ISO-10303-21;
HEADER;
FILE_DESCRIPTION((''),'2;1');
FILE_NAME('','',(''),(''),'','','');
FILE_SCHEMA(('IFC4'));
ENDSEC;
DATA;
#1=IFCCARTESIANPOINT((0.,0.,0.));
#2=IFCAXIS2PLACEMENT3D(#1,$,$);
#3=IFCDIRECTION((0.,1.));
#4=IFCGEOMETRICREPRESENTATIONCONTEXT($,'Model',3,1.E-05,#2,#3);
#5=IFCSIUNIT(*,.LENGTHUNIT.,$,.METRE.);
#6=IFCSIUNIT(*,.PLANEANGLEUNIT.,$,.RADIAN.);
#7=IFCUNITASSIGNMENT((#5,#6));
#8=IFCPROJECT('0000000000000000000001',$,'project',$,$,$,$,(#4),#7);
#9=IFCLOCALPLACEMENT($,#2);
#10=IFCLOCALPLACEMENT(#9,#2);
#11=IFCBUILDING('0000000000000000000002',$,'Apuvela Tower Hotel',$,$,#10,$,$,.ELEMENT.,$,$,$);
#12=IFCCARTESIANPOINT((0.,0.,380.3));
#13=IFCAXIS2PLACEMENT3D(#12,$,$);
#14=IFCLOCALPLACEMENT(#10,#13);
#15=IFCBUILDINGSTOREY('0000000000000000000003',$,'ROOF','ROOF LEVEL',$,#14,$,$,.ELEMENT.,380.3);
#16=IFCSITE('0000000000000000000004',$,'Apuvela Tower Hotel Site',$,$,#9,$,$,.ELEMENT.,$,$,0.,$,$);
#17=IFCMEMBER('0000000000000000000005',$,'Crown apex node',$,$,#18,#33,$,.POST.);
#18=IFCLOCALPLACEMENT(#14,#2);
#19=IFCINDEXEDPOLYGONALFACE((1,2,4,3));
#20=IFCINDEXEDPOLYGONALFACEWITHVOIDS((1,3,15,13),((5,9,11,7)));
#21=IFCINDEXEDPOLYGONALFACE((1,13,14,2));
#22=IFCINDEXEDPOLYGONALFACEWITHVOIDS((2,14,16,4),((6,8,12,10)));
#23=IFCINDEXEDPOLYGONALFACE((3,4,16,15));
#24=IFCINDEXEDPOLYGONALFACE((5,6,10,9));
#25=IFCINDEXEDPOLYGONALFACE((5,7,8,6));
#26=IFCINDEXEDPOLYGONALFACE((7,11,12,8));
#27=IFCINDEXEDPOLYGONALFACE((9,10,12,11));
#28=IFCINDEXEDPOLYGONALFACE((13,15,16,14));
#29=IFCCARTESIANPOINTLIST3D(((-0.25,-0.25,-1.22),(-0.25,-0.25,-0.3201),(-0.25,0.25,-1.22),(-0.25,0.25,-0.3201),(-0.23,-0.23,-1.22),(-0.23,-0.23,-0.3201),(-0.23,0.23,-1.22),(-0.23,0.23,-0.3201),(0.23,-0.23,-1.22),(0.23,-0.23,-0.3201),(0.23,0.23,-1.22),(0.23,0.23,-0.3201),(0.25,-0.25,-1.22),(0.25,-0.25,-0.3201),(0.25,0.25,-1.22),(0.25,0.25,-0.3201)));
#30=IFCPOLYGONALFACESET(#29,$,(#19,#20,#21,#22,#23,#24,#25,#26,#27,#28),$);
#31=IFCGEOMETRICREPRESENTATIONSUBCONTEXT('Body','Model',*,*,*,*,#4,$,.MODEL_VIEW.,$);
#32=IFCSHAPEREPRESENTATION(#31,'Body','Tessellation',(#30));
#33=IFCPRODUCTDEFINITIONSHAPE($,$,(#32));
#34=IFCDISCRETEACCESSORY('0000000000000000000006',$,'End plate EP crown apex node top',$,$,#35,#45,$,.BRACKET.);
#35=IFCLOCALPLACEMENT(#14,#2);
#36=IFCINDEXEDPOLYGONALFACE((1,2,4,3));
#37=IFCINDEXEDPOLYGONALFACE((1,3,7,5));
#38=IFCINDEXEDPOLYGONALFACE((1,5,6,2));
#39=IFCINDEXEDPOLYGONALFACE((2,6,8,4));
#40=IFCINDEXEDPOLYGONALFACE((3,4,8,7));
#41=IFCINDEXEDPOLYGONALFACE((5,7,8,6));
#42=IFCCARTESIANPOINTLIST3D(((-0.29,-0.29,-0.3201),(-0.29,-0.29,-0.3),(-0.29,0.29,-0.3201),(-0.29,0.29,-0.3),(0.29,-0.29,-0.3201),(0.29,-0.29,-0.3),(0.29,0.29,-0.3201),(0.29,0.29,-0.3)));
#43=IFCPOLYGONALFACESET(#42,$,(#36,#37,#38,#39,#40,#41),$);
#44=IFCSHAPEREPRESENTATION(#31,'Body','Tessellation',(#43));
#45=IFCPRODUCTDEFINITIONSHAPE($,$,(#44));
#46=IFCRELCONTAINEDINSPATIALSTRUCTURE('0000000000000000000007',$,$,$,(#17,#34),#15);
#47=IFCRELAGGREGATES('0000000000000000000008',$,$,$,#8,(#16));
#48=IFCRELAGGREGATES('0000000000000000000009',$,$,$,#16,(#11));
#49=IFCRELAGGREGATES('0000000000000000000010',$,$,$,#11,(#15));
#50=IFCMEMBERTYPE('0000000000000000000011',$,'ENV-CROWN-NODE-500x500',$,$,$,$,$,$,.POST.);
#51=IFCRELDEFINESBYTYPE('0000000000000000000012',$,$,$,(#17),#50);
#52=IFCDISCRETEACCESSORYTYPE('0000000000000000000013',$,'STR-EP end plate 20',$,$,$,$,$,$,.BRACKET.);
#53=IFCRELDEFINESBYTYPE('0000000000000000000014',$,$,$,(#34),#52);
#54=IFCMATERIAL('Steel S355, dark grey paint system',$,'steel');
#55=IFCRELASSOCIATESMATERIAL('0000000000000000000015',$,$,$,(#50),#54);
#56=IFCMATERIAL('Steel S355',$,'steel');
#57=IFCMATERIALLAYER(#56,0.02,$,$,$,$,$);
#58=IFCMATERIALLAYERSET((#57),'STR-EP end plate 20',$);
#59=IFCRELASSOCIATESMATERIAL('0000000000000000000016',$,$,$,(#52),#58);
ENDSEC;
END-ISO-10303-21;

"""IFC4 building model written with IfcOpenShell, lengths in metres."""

from ifc_helpers import new_model, si_unit, direction, frame, origin, origin_2d, place, context, subcontext, project, spatial, rectangle, hollow_rectangle, extrude, material, layer, layer_set, material_profile, profile_set, type_object, element, save


model = new_model("IFC4")

# Units and contexts
model_context = context("Model", 3, precision=1e-05, world=origin(), true_north=direction((0.0, 1.0)))
body_context = subcontext(model_context, "Body", "Model", "MODEL_VIEW")
ifc_project = project(units=[si_unit("LENGTHUNIT", "METRE"), si_unit("PLANEANGLEUNIT", "RADIAN")], contexts=[model_context])

# Site, building, storey
site_placement = place(None, origin())
site = spatial("IfcSite", under=ifc_project, at=site_placement, Name="Apuvela Tower Hotel Site", CompositionType="ELEMENT", RefElevation=0.0)
building_placement = place(site_placement, origin())
building = spatial("IfcBuilding", under=site, at=building_placement, Name="Apuvela Tower Hotel", CompositionType="ELEMENT")
storey_placement = place(building_placement, frame((0.0, 0.0, 380.3)))
storey = spatial("IfcBuildingStorey", under=building, at=storey_placement, Name="ROOF", Description="ROOF LEVEL", CompositionType="ELEMENT", Elevation=380.3)

# Member
ifc_material_1 = material(Name="Steel S355, dark grey paint system", Category="steel")
ifc_material_profile = material_profile(ifc_material_1, hollow_rectangle(XDim=0.5, YDim=0.5, WallThickness=0.02, at=origin_2d()), Name="HSS 500x500x20")
ifc_profile_set = profile_set([ifc_material_profile], Name="Steel S355, dark grey paint system")
member_type = type_object("IfcMemberType", Name="ENV-CROWN-NODE-500x500", PredefinedType="POST", material=ifc_profile_set)
member_placement = place(storey_placement, frame((0.0, 0.0, -1.22), z_axis=(0.0, 0.0, 1.0), x_axis=(1.0, 0.0, 0.0)))
element("IfcMember", 1, at=member_placement, inside=storey, type_object=member_type, Name="Crown apex node", PredefinedType="POST", context=body_context, shape_type="SweptSolid", body=[
    extrude(hollow_rectangle(XDim=0.5, YDim=0.5, WallThickness=0.02, at=origin_2d()), origin(), (0.0, 0.0, 1.0), 0.8999),
])

# Discrete accessory
ifc_material_2 = material(Name="Steel S355", Category="steel")
ifc_layer = layer(ifc_material_2, 0.02)
ifc_layer_set = layer_set([ifc_layer], Name="STR-EP end plate 20")
discrete_accessory_type = type_object("IfcDiscreteAccessoryType", Name="STR-EP end plate 20", PredefinedType="BRACKET", material=ifc_layer_set)
discrete_accessory_placement = place(storey_placement, frame((0.0, 0.0, -0.3201), z_axis=(0.0, 0.0, 1.0), x_axis=(1.0, 0.0, 0.0)))
element("IfcDiscreteAccessory", 2, at=discrete_accessory_placement, inside=storey, type_object=discrete_accessory_type, Name="End plate EP crown apex node top", PredefinedType="BRACKET", context=body_context, shape_type="SweptSolid", body=[
    extrude(rectangle(XDim=0.5801, YDim=0.5801, at=origin_2d()), origin(), (0.0, 0.0, 1.0), 0.02),
])

save(model, "model.ifc")
